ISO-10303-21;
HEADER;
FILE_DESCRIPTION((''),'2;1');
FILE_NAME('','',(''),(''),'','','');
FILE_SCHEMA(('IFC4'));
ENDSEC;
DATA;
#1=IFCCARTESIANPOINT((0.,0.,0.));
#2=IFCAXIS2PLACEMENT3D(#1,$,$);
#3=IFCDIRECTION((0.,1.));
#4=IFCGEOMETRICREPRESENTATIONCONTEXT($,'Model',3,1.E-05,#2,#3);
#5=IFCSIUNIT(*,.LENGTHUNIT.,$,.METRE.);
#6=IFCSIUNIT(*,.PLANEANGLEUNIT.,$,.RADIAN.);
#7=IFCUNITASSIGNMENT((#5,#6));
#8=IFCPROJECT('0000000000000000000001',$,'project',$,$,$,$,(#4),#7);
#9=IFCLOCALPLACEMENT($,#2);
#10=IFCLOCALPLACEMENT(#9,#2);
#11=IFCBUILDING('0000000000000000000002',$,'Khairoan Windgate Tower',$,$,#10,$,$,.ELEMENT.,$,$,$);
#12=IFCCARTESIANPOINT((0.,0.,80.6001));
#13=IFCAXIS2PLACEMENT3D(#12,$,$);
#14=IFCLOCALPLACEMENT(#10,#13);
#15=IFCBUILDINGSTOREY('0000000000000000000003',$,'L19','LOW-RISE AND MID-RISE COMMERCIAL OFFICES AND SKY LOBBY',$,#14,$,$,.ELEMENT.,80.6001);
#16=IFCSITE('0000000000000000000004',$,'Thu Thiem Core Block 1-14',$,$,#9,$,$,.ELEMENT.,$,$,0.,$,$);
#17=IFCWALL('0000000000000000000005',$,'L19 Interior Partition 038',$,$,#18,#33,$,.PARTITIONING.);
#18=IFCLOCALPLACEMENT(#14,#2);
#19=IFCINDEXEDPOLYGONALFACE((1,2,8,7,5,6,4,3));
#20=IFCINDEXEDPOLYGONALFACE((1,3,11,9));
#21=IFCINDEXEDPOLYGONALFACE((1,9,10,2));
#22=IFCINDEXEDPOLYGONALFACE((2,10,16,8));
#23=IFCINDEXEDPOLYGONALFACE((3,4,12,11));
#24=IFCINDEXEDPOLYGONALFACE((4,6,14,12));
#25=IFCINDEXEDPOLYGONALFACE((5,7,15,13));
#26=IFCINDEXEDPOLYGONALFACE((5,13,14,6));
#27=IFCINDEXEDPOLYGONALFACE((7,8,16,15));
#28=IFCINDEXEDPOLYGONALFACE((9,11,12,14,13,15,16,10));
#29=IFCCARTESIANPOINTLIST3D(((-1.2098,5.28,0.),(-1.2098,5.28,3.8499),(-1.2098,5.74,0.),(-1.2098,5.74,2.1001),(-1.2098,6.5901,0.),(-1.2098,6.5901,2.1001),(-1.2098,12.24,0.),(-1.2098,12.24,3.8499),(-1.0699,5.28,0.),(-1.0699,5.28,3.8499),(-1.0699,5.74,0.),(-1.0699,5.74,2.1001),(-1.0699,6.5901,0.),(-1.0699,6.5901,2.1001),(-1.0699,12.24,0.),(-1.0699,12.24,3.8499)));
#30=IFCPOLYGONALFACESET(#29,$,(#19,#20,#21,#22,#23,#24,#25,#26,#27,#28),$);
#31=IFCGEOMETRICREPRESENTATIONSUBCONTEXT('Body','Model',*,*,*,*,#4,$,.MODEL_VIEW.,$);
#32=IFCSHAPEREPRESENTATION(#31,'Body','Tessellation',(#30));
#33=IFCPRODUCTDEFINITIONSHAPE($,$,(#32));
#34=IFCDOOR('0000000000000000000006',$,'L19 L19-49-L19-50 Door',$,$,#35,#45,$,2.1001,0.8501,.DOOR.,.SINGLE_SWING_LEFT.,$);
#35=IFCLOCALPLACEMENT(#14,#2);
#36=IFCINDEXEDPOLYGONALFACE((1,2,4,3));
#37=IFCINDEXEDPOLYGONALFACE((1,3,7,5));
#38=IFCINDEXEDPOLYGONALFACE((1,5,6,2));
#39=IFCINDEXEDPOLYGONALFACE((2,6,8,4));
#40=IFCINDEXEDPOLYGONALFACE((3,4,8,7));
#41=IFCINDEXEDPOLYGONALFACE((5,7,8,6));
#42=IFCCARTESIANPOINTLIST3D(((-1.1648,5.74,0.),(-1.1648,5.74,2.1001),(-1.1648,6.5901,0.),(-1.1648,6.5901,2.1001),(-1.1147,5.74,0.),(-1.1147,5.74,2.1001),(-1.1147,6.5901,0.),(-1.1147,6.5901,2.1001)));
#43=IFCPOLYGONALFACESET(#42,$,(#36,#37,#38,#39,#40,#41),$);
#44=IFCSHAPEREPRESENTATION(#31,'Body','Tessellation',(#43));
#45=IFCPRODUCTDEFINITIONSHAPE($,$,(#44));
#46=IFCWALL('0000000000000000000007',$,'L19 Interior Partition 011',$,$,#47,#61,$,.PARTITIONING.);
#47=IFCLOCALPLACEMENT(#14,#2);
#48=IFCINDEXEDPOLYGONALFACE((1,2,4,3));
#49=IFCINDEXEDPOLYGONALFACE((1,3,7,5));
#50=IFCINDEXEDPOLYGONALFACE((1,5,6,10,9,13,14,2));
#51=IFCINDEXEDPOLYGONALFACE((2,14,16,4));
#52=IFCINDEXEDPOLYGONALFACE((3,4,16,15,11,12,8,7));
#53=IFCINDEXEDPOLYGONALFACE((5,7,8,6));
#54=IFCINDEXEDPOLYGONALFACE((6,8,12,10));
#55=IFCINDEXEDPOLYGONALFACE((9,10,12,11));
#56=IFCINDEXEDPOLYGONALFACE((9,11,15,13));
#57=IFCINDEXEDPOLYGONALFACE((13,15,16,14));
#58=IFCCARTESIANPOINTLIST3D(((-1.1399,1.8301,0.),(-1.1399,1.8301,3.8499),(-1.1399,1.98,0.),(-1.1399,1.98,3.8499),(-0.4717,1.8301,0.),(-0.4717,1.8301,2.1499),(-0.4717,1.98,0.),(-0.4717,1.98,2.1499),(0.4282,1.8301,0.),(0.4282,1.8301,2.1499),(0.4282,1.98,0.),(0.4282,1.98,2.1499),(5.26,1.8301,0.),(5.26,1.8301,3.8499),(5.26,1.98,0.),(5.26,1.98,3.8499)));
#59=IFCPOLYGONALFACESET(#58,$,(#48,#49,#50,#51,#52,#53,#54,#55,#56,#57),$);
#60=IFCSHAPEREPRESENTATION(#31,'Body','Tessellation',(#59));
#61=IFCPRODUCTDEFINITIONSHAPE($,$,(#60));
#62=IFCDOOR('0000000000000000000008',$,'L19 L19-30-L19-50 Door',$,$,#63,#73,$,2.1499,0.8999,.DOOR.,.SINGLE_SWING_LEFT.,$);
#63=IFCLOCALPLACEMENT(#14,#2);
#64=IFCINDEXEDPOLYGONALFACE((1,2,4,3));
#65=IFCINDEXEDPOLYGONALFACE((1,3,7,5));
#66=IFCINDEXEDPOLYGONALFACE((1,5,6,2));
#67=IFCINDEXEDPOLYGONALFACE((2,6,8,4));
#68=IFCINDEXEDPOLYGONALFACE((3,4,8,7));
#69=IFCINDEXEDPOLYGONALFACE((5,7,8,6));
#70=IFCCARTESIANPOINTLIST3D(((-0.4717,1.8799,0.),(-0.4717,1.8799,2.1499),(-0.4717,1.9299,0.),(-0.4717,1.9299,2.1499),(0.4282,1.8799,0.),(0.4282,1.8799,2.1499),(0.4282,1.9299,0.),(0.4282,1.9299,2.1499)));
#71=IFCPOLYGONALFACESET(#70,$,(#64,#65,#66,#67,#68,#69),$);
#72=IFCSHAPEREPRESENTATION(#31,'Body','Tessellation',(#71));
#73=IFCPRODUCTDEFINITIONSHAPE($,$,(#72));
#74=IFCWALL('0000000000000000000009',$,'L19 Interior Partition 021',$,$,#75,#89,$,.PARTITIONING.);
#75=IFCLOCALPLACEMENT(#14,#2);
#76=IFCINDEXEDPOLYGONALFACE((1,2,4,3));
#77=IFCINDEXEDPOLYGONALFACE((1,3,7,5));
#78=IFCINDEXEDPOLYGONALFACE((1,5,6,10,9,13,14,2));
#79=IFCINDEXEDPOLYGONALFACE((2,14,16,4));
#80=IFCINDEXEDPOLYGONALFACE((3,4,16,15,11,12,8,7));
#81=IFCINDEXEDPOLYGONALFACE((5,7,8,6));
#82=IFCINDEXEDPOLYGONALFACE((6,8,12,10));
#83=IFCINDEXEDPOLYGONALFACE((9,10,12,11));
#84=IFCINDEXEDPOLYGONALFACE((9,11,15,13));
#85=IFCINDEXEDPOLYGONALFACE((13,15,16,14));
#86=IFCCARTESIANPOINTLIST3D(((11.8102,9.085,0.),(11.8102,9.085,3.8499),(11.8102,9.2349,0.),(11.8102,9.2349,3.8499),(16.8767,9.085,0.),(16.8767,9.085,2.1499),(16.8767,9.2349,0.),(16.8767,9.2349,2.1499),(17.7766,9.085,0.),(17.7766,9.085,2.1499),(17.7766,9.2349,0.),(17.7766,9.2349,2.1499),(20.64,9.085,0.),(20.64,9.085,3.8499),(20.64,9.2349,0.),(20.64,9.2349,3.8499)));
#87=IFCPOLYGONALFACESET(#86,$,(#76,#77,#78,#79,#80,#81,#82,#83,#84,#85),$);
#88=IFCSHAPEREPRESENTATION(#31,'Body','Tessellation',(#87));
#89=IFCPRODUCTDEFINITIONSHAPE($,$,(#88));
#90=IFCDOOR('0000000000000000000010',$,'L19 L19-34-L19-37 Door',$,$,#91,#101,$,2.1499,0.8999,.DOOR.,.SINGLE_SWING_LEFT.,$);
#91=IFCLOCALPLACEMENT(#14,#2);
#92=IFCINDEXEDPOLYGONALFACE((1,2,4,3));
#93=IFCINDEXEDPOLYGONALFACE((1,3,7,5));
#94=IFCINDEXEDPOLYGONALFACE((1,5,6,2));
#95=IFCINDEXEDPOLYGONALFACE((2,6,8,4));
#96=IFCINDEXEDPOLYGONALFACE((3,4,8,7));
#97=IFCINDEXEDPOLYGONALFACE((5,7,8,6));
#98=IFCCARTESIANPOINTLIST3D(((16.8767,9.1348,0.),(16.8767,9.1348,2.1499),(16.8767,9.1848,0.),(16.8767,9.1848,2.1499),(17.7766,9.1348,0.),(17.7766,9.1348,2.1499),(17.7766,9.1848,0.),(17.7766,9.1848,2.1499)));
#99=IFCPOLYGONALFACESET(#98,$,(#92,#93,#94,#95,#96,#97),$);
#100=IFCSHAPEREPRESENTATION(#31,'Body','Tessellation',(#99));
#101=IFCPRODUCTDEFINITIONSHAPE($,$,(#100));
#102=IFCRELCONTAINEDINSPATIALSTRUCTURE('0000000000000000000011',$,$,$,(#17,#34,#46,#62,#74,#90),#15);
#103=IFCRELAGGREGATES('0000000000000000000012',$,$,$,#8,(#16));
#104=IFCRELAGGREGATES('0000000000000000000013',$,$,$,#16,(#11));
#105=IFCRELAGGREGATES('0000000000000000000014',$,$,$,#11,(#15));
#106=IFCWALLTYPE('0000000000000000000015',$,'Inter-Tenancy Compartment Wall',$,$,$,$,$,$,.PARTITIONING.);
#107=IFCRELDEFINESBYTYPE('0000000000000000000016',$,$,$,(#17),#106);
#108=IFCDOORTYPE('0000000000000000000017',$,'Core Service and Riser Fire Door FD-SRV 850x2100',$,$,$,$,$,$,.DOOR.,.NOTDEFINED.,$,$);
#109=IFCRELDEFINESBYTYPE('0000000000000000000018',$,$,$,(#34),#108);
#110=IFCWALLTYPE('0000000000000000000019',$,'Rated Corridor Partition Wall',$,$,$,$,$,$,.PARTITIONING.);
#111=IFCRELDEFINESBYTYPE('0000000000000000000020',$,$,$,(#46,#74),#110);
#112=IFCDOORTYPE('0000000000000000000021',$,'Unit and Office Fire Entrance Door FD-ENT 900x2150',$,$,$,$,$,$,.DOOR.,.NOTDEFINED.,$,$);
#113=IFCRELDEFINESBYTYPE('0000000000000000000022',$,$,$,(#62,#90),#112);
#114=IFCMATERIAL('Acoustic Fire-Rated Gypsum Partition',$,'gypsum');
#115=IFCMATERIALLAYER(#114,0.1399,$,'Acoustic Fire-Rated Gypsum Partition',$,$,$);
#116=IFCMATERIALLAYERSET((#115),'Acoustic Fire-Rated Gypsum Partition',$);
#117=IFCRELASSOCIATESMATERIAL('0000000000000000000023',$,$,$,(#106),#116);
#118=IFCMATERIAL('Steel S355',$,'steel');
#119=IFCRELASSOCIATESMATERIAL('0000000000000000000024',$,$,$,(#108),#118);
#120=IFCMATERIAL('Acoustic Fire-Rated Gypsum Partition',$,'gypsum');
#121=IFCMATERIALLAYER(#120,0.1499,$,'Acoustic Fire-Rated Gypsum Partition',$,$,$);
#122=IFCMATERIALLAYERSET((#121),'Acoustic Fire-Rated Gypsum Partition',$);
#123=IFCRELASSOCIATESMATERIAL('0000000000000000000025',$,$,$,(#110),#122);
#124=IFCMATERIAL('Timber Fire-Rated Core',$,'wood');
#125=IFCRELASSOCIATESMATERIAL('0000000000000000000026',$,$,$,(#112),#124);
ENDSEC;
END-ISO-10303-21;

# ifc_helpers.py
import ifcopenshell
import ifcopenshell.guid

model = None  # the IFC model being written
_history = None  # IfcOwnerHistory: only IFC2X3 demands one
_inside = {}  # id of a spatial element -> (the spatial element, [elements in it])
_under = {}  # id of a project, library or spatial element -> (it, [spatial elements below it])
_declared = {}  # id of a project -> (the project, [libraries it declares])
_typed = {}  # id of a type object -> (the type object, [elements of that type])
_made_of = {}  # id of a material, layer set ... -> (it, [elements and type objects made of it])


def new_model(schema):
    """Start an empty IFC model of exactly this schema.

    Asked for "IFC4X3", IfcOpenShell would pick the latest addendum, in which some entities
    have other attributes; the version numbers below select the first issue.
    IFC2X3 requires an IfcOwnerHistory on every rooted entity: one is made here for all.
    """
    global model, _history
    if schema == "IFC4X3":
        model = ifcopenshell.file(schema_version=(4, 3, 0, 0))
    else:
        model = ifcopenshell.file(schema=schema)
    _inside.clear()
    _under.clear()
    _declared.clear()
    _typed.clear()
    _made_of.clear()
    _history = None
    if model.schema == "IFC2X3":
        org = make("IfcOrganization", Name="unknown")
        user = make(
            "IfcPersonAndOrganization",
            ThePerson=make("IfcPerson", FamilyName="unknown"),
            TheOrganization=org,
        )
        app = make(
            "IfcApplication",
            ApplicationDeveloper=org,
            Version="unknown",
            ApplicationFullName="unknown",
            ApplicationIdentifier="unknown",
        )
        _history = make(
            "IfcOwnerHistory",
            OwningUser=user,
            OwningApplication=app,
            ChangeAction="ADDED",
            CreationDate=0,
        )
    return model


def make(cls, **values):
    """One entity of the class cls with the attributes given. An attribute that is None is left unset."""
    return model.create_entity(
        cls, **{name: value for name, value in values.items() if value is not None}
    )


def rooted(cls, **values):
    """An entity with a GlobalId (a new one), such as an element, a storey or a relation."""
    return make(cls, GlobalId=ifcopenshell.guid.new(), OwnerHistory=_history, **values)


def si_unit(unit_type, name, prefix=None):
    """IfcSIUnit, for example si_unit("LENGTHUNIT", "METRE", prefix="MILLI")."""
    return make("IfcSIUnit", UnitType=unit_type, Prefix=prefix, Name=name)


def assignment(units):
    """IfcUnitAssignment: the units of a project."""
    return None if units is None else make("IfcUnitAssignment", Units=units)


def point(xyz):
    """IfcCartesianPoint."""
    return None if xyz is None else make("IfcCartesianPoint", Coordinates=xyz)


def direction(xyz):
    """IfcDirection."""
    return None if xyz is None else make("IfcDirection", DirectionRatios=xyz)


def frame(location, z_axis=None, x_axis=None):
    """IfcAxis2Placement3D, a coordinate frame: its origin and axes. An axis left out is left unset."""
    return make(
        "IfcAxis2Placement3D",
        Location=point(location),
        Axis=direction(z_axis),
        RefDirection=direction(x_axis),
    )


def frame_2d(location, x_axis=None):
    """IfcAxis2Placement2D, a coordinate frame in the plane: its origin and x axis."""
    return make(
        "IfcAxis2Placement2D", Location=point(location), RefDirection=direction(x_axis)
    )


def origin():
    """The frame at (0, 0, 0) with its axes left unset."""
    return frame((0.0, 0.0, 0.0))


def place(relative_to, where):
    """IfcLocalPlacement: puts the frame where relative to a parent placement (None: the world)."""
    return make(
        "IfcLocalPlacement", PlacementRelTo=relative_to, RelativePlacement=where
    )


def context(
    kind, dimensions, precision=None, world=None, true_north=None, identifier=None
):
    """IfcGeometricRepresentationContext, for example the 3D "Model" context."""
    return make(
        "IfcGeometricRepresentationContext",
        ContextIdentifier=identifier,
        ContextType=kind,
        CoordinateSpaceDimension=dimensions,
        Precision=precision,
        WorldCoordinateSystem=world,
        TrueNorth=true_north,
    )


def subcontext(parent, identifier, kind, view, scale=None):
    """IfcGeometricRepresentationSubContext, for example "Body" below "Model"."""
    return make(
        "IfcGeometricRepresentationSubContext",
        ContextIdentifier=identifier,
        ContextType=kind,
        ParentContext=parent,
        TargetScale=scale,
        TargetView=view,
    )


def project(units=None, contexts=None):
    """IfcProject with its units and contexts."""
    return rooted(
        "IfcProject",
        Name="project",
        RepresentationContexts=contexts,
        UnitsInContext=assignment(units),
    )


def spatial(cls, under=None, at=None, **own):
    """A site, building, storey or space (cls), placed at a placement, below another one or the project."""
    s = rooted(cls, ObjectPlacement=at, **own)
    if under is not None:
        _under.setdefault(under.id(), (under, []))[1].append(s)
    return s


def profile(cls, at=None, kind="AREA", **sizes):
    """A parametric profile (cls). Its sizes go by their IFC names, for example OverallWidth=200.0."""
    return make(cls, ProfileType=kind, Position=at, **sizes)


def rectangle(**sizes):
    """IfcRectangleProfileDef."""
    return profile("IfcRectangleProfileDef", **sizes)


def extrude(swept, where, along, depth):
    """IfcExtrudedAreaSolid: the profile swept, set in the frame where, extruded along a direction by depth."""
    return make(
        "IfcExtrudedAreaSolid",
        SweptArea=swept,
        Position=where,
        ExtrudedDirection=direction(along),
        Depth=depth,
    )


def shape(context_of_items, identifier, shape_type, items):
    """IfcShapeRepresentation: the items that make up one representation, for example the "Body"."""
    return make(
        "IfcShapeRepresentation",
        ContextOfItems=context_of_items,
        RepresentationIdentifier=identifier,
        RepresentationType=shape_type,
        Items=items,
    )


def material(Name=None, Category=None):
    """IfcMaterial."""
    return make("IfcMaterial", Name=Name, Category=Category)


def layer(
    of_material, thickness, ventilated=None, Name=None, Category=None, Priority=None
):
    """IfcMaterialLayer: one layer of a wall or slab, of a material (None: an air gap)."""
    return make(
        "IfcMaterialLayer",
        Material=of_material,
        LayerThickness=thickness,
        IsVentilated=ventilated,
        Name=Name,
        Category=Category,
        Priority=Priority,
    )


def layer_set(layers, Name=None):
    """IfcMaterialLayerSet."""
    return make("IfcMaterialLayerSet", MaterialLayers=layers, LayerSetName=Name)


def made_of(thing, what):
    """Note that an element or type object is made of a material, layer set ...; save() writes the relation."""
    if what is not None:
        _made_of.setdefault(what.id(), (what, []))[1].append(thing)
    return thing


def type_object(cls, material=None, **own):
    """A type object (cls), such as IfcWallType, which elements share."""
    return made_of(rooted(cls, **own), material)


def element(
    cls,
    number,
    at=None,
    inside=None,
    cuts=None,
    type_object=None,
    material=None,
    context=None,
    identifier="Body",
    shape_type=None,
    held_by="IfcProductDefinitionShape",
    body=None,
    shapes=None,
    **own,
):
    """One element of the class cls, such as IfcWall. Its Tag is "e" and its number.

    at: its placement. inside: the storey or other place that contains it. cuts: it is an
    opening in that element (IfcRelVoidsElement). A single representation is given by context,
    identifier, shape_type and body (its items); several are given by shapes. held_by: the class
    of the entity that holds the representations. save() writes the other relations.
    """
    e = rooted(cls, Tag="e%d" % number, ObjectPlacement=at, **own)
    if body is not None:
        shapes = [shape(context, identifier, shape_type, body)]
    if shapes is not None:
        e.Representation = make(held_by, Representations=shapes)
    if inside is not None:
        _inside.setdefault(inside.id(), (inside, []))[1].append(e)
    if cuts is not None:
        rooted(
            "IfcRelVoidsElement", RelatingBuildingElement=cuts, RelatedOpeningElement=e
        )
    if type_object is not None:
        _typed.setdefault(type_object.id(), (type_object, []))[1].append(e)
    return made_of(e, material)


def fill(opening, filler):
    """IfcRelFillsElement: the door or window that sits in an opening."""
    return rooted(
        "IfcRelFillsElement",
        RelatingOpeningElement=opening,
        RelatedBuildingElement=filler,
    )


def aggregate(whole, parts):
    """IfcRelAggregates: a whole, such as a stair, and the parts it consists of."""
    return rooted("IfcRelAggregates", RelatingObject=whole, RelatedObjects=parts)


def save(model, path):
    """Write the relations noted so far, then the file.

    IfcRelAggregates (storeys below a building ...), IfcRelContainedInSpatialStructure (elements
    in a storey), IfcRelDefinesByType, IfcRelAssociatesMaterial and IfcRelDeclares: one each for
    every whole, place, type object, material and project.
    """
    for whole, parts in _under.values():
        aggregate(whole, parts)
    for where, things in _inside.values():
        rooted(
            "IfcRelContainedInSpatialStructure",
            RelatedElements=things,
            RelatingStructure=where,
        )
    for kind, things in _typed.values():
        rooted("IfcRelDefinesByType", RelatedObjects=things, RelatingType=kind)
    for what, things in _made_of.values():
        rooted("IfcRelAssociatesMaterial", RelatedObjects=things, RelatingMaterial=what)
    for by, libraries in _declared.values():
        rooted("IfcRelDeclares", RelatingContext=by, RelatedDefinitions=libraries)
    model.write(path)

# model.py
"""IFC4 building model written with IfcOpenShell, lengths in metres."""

from ifc_helpers import new_model, si_unit, direction, frame, frame_2d, origin, place, context, subcontext, project, spatial, rectangle, extrude, material, layer, layer_set, type_object, element, fill, save


model = new_model("IFC4")

# Units and contexts
model_context = context("Model", 3, precision=1e-05, world=origin(), true_north=direction((0.0, 1.0)))
body_context = subcontext(model_context, "Body", "Model", "MODEL_VIEW")
ifc_project = project(units=[si_unit("LENGTHUNIT", "METRE"), si_unit("PLANEANGLEUNIT", "RADIAN")], contexts=[model_context])

# Site, building, storey
site_placement = place(None, origin())
site = spatial("IfcSite", under=ifc_project, at=site_placement, Name="Thu Thiem Core Block 1-14", CompositionType="ELEMENT", RefElevation=0.0)
building_placement = place(site_placement, origin())
building = spatial("IfcBuilding", under=site, at=building_placement, Name="Khairoan Windgate Tower", CompositionType="ELEMENT")
storey_placement = place(building_placement, frame((0.0, 0.0, 80.6001)))
storey = spatial("IfcBuildingStorey", under=building, at=storey_placement, Name="L19", Description="LOW-RISE AND MID-RISE COMMERCIAL OFFICES AND SKY LOBBY", CompositionType="ELEMENT", Elevation=80.6001)

# Shared definitions
ifc_material_1 = material(Name="Acoustic Fire-Rated Gypsum Partition", Category="gypsum")
ifc_layer_1 = layer(ifc_material_1, 0.1399, Name="Acoustic Fire-Rated Gypsum Partition")
ifc_layer_set_1 = layer_set([ifc_layer_1], Name="Acoustic Fire-Rated Gypsum Partition")
wall_type_1 = type_object("IfcWallType", Name="Inter-Tenancy Compartment Wall", PredefinedType="PARTITIONING", material=ifc_layer_set_1)

# Walls, openings, doors
wall_1_placement = place(storey_placement, frame((-1.1399, 5.28, 0.0), z_axis=(0.0, 0.0, 1.0), x_axis=(0.0, 1.0, 0.0)))
wall_1 = element("IfcWall", 1, at=wall_1_placement, inside=storey, type_object=wall_type_1, Name="L19 Interior Partition 038", PredefinedType="PARTITIONING", context=body_context, shape_type="SweptSolid", body=[
    extrude(rectangle(XDim=6.96, YDim=0.1399, at=frame_2d((3.48, 0.0))), origin(), (0.0, 0.0, 1.0), 3.8499),
])
opening_1_placement = place(wall_1_placement, frame((0.46, 0.0, 0.0)))
opening_1 = element("IfcOpeningElement", 2, at=opening_1_placement, cuts=wall_1, PredefinedType="OPENING", context=body_context, shape_type="SweptSolid", body=[
    extrude(rectangle(XDim=0.8501, YDim=2.1001, at=frame_2d((0.425, 1.05))), frame((0.0, 0.0798, 0.0), z_axis=(0.0, -1.0, 0.0), x_axis=(1.0, 0.0, 0.0)), (0.0, 0.0, 1.0), 0.1599),
])
ifc_material_2 = material(Name="Steel S355", Category="steel")
door_type_1 = type_object("IfcDoorType", Name="Core Service and Riser Fire Door FD-SRV 850x2100", OperationType="NOTDEFINED", PredefinedType="DOOR", material=ifc_material_2)
door_1_placement = place(opening_1_placement, origin())
door_1 = element("IfcDoor", 3, at=door_1_placement, inside=storey, type_object=door_type_1, Name="L19 L19-49-L19-50 Door", OperationType="SINGLE_SWING_LEFT", OverallHeight=2.1001, OverallWidth=0.8501, PredefinedType="DOOR", context=body_context, shape_type="SweptSolid", body=[
    extrude(rectangle(XDim=0.8501, YDim=2.1001, at=frame_2d((0.425, 1.05))), frame((0.0, 0.0249, 0.0), z_axis=(0.0, -1.0, 0.0), x_axis=(1.0, 0.0, 0.0)), (0.0, 0.0, 1.0), 0.05),
])
fill(opening_1, door_1)
ifc_material_3 = material(Name="Acoustic Fire-Rated Gypsum Partition", Category="gypsum")
ifc_layer_2 = layer(ifc_material_3, 0.1499, Name="Acoustic Fire-Rated Gypsum Partition")
ifc_layer_set_2 = layer_set([ifc_layer_2], Name="Acoustic Fire-Rated Gypsum Partition")
wall_type_2 = type_object("IfcWallType", Name="Rated Corridor Partition Wall", PredefinedType="PARTITIONING", material=ifc_layer_set_2)
ifc_material_4 = material(Name="Timber Fire-Rated Core", Category="wood")
door_type_2 = type_object("IfcDoorType", Name="Unit and Office Fire Entrance Door FD-ENT 900x2150", OperationType="NOTDEFINED", PredefinedType="DOOR", material=ifc_material_4)
wall_2_placement = place(storey_placement, frame((-1.1399, 1.905, 0.0), z_axis=(0.0, 0.0, 1.0), x_axis=(1.0, 0.0, 0.0)))
wall_2 = element("IfcWall", 4, at=wall_2_placement, inside=storey, type_object=wall_type_2, Name="L19 Interior Partition 011", PredefinedType="PARTITIONING", context=body_context, shape_type="SweptSolid", body=[
    extrude(rectangle(XDim=6.3999, YDim=0.1499, at=frame_2d((3.2, 0.0))), origin(), (0.0, 0.0, 1.0), 3.8499),
])
opening_2_placement = place(wall_2_placement, frame((0.6682, 0.0, 0.0)))
opening_2 = element("IfcOpeningElement", 5, at=opening_2_placement, cuts=wall_2, PredefinedType="OPENING", context=body_context, shape_type="SweptSolid", body=[
    extrude(rectangle(XDim=0.8999, YDim=2.1499, at=frame_2d((0.45, 1.075))), frame((0.0, 0.085, 0.0), z_axis=(0.0, -1.0, 0.0), x_axis=(1.0, 0.0, 0.0)), (0.0, 0.0, 1.0), 0.1699),
])
door_2_placement = place(opening_2_placement, origin())
door_2 = element("IfcDoor", 6, at=door_2_placement, inside=storey, type_object=door_type_2, Name="L19 L19-30-L19-50 Door", OperationType="SINGLE_SWING_LEFT", OverallHeight=2.1499, OverallWidth=0.8999, PredefinedType="DOOR", context=body_context, shape_type="SweptSolid", body=[
    extrude(rectangle(XDim=0.8999, YDim=2.1499, at=frame_2d((0.45, 1.075))), frame((0.0, 0.0249, 0.0), z_axis=(0.0, -1.0, 0.0), x_axis=(1.0, 0.0, 0.0)), (0.0, 0.0, 1.0), 0.05),
])
fill(opening_2, door_2)
wall_3_placement = place(storey_placement, frame((11.8101, 9.1599, 0.0), z_axis=(0.0, 0.0, 1.0), x_axis=(1.0, 0.0, 0.0)))
wall_3 = element("IfcWall", 7, at=wall_3_placement, inside=storey, type_object=wall_type_2, Name="L19 Interior Partition 021", PredefinedType="PARTITIONING", context=body_context, shape_type="SweptSolid", body=[
    extrude(rectangle(XDim=8.8298, YDim=0.1499, at=frame_2d((4.415, 0.0))), origin(), (0.0, 0.0, 1.0), 3.8499),
])
opening_3_placement = place(wall_3_placement, frame((5.0667, 0.0, 0.0)))
opening_3 = element("IfcOpeningElement", 8, at=opening_3_placement, cuts=wall_3, PredefinedType="OPENING", context=body_context, shape_type="SweptSolid", body=[
    extrude(rectangle(XDim=0.8999, YDim=2.1499, at=frame_2d((0.45, 1.075))), frame((0.0, 0.085, 0.0), z_axis=(0.0, -1.0, 0.0), x_axis=(1.0, 0.0, 0.0)), (0.0, 0.0, 1.0), 0.1699),
])
door_3_placement = place(opening_3_placement, origin())
door_3 = element("IfcDoor", 9, at=door_3_placement, inside=storey, type_object=door_type_2, Name="L19 L19-34-L19-37 Door", OperationType="SINGLE_SWING_LEFT", OverallHeight=2.1499, OverallWidth=0.8999, PredefinedType="DOOR", context=body_context, shape_type="SweptSolid", body=[
    extrude(rectangle(XDim=0.8999, YDim=2.1499, at=frame_2d((0.45, 1.075))), frame((0.0, 0.0249, 0.0), z_axis=(0.0, -1.0, 0.0), x_axis=(1.0, 0.0, 0.0)), (0.0, 0.0, 1.0), 0.05),
])
fill(opening_3, door_3)

save(model, "model.ifc")
